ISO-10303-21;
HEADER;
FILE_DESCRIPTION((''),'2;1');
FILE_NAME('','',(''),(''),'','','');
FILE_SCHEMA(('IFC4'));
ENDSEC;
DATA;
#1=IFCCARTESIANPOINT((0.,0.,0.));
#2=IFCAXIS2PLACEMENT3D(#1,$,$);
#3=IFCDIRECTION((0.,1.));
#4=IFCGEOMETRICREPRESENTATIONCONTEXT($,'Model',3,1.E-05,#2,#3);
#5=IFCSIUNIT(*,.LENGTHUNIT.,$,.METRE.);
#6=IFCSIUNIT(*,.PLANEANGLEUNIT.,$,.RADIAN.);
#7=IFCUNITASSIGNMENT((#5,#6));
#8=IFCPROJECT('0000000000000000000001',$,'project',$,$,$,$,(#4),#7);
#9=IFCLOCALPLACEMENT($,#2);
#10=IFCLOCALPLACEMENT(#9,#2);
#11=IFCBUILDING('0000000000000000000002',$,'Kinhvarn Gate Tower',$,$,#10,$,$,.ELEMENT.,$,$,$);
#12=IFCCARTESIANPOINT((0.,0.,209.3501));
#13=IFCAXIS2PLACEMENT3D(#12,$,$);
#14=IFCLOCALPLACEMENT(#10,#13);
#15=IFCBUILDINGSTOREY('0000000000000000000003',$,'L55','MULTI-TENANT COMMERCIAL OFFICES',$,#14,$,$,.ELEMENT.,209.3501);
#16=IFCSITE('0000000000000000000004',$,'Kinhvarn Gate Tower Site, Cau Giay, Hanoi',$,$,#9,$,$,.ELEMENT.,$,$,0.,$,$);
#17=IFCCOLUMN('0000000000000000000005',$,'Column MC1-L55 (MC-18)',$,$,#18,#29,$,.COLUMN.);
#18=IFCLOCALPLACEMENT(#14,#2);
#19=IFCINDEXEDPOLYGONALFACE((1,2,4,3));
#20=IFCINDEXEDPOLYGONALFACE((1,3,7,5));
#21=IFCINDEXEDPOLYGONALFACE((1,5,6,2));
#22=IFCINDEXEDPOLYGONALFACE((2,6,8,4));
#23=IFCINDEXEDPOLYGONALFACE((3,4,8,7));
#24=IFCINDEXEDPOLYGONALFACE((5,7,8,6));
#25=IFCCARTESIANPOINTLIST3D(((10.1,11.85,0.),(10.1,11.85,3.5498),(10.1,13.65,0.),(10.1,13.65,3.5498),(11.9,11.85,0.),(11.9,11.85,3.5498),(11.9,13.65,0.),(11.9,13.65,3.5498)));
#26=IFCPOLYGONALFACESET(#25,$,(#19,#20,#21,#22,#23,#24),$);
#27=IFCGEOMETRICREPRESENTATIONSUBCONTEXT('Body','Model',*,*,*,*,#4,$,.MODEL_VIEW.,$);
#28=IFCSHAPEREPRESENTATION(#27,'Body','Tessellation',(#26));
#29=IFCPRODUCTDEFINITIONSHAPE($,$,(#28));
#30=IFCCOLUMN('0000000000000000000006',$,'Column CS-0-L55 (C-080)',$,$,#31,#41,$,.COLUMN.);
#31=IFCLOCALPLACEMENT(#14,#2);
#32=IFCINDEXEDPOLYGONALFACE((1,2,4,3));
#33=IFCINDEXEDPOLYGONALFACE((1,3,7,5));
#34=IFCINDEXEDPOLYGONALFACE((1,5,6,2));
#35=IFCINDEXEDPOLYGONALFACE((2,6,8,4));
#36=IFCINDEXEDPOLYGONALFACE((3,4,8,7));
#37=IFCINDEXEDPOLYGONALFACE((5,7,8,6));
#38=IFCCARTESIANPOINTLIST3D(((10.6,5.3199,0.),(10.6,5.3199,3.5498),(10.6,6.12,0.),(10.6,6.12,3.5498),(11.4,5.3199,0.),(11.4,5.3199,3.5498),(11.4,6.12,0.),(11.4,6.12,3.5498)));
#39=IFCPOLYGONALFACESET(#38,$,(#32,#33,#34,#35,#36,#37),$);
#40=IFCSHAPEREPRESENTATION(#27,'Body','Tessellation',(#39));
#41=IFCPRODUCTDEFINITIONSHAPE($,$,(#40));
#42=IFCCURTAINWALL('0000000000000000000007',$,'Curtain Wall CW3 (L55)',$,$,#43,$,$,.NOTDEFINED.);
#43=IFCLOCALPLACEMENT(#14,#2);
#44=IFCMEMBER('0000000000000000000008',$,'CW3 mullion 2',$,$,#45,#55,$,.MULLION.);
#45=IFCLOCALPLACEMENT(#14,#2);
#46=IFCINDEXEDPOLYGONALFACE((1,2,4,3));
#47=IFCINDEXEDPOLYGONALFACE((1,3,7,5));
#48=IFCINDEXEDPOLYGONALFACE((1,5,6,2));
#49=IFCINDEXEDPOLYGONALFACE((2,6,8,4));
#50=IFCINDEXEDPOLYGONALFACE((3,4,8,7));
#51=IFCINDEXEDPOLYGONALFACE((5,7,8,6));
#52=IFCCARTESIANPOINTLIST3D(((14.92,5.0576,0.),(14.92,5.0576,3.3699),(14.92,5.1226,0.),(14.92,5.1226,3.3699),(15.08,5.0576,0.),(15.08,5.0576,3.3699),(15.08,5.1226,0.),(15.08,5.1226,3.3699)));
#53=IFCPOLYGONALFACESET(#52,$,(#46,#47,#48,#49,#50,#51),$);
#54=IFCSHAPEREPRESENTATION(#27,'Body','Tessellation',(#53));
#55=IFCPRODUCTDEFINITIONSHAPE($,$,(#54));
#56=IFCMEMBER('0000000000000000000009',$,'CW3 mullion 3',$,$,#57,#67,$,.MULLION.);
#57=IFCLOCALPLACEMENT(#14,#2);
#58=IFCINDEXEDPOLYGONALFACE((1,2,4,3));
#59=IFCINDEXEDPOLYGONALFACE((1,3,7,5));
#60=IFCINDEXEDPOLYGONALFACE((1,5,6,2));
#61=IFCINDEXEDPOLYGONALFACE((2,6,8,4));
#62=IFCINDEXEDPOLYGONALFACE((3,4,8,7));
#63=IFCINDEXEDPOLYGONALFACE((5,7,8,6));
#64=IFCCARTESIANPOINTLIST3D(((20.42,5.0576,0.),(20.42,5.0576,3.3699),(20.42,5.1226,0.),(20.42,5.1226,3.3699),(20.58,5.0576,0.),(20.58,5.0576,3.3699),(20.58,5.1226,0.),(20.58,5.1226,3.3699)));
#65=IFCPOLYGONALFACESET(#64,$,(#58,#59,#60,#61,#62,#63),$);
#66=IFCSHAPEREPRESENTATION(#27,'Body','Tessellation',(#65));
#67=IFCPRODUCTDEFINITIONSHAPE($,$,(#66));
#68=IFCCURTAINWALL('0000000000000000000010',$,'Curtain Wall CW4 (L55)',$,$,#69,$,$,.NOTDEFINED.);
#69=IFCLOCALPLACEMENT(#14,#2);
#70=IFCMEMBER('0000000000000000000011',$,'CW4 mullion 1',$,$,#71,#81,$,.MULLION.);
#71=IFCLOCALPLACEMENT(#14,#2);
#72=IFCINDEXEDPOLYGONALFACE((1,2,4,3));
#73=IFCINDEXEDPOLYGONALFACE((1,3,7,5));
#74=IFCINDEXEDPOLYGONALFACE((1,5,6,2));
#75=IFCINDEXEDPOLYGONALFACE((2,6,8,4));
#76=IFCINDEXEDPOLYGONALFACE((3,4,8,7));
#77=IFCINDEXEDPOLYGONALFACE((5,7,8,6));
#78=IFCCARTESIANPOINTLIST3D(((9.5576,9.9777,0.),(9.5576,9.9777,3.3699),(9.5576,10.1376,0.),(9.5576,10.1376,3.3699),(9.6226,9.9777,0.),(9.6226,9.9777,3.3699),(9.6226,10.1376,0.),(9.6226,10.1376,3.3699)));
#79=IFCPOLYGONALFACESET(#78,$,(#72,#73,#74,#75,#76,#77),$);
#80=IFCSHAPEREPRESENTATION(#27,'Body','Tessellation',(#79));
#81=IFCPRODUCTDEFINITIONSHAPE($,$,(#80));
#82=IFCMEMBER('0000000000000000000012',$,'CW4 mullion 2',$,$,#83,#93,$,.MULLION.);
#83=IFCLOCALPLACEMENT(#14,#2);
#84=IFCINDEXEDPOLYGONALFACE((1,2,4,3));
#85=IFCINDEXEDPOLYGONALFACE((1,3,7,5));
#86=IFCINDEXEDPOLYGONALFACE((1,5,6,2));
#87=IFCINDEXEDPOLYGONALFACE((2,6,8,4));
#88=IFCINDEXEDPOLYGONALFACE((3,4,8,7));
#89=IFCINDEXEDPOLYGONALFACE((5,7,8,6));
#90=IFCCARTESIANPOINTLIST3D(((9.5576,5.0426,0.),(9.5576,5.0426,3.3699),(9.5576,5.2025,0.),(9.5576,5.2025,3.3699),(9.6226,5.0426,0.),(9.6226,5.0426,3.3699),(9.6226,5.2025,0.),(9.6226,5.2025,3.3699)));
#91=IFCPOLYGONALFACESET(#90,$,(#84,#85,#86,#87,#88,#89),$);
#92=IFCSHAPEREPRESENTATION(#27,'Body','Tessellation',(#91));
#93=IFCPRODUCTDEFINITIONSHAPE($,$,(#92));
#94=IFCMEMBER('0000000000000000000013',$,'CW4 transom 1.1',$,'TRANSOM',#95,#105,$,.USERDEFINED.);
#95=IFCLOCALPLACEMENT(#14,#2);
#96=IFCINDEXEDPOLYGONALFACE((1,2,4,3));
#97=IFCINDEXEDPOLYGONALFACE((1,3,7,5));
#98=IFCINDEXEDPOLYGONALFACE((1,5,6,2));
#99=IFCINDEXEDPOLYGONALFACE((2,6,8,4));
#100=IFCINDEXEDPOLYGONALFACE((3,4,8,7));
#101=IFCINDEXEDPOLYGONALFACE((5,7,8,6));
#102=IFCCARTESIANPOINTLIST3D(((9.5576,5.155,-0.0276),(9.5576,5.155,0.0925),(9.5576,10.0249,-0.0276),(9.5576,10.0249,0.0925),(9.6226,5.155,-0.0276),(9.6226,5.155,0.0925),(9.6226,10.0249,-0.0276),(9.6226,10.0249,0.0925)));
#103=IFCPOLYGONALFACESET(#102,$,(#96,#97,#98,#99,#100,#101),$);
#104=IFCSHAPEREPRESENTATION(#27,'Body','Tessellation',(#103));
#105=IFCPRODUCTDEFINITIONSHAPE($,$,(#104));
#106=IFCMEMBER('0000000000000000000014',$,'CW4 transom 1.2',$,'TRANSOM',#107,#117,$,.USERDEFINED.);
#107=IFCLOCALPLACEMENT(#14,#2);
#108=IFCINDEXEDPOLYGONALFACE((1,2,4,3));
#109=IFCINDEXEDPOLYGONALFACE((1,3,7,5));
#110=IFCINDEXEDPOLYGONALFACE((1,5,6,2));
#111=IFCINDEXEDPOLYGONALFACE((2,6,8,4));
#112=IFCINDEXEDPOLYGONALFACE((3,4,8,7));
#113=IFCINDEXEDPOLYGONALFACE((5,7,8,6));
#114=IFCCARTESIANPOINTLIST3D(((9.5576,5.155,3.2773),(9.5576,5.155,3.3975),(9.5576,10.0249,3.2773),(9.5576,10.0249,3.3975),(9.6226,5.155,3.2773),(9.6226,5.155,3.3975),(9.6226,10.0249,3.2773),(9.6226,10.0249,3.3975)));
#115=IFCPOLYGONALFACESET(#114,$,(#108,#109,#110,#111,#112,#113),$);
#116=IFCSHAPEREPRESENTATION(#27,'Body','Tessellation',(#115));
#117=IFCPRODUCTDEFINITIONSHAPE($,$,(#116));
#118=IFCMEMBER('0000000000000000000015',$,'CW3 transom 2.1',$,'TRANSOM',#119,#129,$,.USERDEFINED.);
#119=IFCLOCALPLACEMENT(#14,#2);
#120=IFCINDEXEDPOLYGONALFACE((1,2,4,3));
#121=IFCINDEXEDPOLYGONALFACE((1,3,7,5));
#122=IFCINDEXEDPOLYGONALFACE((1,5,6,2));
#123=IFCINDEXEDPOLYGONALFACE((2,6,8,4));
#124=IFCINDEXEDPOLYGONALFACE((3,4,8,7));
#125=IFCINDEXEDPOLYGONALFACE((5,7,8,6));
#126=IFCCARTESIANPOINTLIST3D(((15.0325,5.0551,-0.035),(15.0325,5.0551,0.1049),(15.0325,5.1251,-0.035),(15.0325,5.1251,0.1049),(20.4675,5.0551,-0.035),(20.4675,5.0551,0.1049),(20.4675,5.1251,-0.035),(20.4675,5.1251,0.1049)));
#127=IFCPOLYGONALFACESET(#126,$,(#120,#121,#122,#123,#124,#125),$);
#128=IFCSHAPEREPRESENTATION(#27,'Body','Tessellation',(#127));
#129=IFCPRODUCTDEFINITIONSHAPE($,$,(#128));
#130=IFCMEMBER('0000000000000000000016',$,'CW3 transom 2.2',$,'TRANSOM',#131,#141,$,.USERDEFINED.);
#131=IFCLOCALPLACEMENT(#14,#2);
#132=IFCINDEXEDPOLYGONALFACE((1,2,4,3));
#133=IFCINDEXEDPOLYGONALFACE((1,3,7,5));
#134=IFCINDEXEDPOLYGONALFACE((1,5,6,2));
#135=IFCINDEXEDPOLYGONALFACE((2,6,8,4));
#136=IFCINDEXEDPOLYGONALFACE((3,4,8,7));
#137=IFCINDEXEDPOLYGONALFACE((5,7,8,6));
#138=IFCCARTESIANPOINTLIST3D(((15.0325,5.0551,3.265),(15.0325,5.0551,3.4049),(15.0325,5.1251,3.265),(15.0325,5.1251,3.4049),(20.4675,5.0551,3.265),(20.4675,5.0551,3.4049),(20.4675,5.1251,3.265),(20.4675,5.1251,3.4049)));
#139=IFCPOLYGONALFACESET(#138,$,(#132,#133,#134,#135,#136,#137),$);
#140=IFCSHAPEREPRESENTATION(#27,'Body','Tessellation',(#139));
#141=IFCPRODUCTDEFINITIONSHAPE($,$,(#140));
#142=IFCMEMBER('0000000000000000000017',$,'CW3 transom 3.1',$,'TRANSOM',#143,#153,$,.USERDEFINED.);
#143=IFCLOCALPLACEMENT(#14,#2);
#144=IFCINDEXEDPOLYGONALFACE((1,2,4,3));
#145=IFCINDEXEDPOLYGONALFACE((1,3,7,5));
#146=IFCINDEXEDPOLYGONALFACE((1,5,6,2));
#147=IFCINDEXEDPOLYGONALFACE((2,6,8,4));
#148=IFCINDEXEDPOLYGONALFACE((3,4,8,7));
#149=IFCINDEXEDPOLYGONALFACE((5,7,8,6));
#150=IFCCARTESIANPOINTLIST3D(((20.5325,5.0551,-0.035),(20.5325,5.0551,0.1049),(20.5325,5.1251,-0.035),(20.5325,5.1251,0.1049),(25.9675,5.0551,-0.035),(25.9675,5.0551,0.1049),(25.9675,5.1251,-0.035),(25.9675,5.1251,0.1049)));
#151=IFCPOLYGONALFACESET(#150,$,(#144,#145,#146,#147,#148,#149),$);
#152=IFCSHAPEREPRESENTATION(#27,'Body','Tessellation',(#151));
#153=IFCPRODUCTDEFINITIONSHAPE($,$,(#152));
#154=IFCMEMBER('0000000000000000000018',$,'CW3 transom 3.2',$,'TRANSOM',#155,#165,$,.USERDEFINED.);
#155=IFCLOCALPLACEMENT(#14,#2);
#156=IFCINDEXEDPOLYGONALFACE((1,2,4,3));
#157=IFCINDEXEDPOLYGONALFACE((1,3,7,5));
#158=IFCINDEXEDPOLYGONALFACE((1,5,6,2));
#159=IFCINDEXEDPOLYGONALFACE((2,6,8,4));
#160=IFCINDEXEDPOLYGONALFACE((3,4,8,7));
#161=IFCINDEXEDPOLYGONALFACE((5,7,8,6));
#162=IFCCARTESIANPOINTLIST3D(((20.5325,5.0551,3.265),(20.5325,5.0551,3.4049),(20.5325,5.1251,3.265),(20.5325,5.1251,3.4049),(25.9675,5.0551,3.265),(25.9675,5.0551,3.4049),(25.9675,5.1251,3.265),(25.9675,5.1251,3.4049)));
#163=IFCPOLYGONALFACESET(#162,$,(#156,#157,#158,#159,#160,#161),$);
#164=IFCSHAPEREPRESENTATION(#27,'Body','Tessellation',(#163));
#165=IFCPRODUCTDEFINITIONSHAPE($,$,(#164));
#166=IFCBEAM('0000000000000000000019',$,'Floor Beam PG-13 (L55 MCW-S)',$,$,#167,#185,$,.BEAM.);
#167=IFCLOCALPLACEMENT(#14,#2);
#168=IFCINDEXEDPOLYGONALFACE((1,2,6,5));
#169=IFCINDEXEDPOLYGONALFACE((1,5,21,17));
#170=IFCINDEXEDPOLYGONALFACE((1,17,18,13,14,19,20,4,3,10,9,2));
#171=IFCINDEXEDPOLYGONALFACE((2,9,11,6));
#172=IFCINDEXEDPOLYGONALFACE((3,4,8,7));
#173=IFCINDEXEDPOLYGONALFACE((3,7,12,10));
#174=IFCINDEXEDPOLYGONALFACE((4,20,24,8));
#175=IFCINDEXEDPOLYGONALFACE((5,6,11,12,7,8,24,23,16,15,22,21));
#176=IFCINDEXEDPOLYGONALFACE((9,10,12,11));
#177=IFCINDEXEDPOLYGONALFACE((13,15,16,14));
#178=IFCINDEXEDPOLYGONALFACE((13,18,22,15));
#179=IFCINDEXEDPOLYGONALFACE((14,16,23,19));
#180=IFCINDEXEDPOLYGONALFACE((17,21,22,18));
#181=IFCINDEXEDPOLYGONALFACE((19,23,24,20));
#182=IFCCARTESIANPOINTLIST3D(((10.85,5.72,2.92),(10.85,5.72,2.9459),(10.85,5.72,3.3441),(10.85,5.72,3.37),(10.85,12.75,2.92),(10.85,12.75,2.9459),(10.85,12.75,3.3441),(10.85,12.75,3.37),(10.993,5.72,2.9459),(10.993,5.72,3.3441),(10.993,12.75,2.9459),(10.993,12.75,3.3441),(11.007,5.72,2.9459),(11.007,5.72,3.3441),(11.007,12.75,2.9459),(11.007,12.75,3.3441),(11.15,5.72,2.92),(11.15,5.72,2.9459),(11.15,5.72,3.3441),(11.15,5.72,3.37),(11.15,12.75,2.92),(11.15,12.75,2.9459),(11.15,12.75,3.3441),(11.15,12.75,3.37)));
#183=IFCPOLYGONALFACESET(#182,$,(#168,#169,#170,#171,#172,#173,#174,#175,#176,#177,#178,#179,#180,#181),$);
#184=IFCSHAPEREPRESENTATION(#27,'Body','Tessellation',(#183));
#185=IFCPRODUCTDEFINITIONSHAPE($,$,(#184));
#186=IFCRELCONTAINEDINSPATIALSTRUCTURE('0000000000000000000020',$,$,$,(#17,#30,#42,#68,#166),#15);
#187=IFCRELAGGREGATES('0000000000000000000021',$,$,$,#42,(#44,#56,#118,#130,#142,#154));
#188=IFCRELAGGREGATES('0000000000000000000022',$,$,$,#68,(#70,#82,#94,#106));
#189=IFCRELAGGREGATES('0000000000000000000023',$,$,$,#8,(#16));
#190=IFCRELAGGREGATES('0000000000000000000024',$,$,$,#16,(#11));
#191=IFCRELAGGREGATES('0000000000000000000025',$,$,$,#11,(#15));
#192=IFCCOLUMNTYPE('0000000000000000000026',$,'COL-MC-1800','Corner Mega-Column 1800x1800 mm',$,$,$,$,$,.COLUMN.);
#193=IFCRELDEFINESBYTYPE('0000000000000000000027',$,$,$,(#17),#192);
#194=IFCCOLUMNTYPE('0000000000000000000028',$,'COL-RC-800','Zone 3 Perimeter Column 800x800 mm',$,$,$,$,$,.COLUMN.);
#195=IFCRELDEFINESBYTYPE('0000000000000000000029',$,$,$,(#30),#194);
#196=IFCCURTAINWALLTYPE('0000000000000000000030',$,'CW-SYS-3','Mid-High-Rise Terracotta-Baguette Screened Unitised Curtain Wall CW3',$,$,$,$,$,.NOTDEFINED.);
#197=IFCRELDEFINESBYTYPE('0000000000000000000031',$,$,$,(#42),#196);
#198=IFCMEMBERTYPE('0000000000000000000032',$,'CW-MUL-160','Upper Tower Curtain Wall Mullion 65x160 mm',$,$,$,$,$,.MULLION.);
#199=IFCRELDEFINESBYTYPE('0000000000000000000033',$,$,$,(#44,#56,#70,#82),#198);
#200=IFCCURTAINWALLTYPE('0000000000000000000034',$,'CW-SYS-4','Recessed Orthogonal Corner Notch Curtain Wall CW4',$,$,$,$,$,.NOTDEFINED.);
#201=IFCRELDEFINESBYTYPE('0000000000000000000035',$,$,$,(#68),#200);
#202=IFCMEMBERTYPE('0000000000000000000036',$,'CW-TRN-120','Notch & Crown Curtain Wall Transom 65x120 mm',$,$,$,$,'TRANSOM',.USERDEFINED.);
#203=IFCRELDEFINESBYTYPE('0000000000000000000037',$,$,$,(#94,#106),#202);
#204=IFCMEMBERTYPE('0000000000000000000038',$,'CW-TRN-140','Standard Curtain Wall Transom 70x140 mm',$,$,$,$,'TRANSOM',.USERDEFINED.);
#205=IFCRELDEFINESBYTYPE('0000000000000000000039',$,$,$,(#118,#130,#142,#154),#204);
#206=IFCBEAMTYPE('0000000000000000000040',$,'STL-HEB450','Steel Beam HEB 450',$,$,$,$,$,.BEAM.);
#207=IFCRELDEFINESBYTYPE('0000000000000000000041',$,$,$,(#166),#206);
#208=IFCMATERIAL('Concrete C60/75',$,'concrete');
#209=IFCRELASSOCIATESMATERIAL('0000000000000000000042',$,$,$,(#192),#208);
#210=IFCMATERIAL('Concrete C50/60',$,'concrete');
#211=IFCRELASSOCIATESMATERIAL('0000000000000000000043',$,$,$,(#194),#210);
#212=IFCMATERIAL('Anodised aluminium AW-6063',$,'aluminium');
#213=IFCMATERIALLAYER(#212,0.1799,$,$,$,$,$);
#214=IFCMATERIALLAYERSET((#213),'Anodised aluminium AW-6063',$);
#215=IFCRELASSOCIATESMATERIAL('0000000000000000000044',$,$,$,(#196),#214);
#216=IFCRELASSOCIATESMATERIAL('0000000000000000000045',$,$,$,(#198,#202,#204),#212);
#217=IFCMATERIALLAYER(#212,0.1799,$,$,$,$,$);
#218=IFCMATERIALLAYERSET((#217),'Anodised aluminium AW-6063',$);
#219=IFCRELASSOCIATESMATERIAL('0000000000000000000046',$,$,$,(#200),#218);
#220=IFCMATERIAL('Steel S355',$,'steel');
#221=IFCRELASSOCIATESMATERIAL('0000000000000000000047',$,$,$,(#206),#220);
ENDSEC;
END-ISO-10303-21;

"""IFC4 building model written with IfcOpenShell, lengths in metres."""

from ifc_helpers import new_model, si_unit, direction, frame, origin, origin_2d, place, context, subcontext, project, spatial, rectangle, i_section, extrude, material, layer, layer_set, material_profile, profile_set, type_object, element, aggregate, save


model = new_model("IFC4")

# Units and contexts
model_context = context("Model", 3, precision=1e-05, world=origin(), true_north=direction((0.0, 1.0)))
body_context = subcontext(model_context, "Body", "Model", "MODEL_VIEW")
ifc_project = project(units=[si_unit("LENGTHUNIT", "METRE"), si_unit("PLANEANGLEUNIT", "RADIAN")], contexts=[model_context])

# Site, building, storey
site_placement = place(None, origin())
site = spatial("IfcSite", under=ifc_project, at=site_placement, Name="Kinhvarn Gate Tower Site, Cau Giay, Hanoi", CompositionType="ELEMENT", RefElevation=0.0)
building_placement = place(site_placement, origin())
building = spatial("IfcBuilding", under=site, at=building_placement, Name="Kinhvarn Gate Tower", CompositionType="ELEMENT")
storey_placement = place(building_placement, frame((0.0, 0.0, 209.3501)))
storey = spatial("IfcBuildingStorey", under=building, at=storey_placement, Name="L55", Description="MULTI-TENANT COMMERCIAL OFFICES", CompositionType="ELEMENT", Elevation=209.3501)

# Columns
ifc_material_1 = material(Name="Concrete C60/75", Category="concrete")
ifc_material_profile_1 = material_profile(ifc_material_1, rectangle(XDim=1.8, YDim=1.8, at=origin_2d()), Name="RC 1800x1800")
ifc_profile_set_1 = profile_set([ifc_material_profile_1], Name="Concrete C60/75")
column_type_1 = type_object("IfcColumnType", Name="COL-MC-1800", Description="Corner Mega-Column 1800x1800 mm", PredefinedType="COLUMN", material=ifc_profile_set_1)
column_1_placement = place(storey_placement, frame((11.0, 12.75, 0.0), z_axis=(0.0, 0.0, 1.0), x_axis=(1.0, 0.0, 0.0)))
element("IfcColumn", 1, at=column_1_placement, inside=storey, type_object=column_type_1, Name="Column MC1-L55 (MC-18)", PredefinedType="COLUMN", context=body_context, shape_type="SweptSolid", body=[
    extrude(rectangle(XDim=1.8, YDim=1.8, at=origin_2d()), origin(), (0.0, 0.0, 1.0), 3.5498),
])
ifc_material_2 = material(Name="Concrete C50/60", Category="concrete")
ifc_material_profile_2 = material_profile(ifc_material_2, rectangle(XDim=0.8, YDim=0.8, at=origin_2d()), Name="RC 800x800")
ifc_profile_set_2 = profile_set([ifc_material_profile_2], Name="Concrete C50/60")
column_type_2 = type_object("IfcColumnType", Name="COL-RC-800", Description="Zone 3 Perimeter Column 800x800 mm", PredefinedType="COLUMN", material=ifc_profile_set_2)
column_2_placement = place(storey_placement, frame((11.0, 5.72, 0.0), z_axis=(0.0, 0.0, 1.0), x_axis=(1.0, 0.0, 0.0)))
element("IfcColumn", 2, at=column_2_placement, inside=storey, type_object=column_type_2, Name="Column CS-0-L55 (C-080)", PredefinedType="COLUMN", context=body_context, shape_type="SweptSolid", body=[
    extrude(rectangle(XDim=0.8, YDim=0.8, at=origin_2d()), origin(), (0.0, 0.0, 1.0), 3.5498),
])

# Curtain walls, members
ifc_material_3 = material(Name="Anodised aluminium AW-6063", Category="aluminium")
ifc_layer_1 = layer(ifc_material_3, 0.1799)
ifc_layer_set_1 = layer_set([ifc_layer_1], Name="Anodised aluminium AW-6063")
curtain_wall_type_1 = type_object("IfcCurtainWallType", Name="CW-SYS-3", Description="Mid-High-Rise Terracotta-Baguette Screened Unitised Curtain Wall CW3", PredefinedType="NOTDEFINED", material=ifc_layer_set_1)
curtain_wall_1_placement = place(storey_placement, origin())
curtain_wall_1 = element("IfcCurtainWall", 3, at=curtain_wall_1_placement, inside=storey, type_object=curtain_wall_type_1, Name="Curtain Wall CW3 (L55)", PredefinedType="NOTDEFINED")
ifc_material_profile_3 = material_profile(ifc_material_3, rectangle(XDim=0.0649, YDim=0.1599, at=origin_2d()), Name="ALU 65x160")
ifc_profile_set_3 = profile_set([ifc_material_profile_3], Name="Anodised aluminium AW-6063")
member_type_1 = type_object("IfcMemberType", Name="CW-MUL-160", Description="Upper Tower Curtain Wall Mullion 65x160 mm", PredefinedType="MULLION", material=ifc_profile_set_3)
member_1_placement = place(storey_placement, frame((15.0, 5.0901, 0.0), z_axis=(0.0, 0.0, 1.0), x_axis=(0.0, 1.0, 0.0)))
member_1 = element("IfcMember", 4, at=member_1_placement, type_object=member_type_1, Name="CW3 mullion 2", PredefinedType="MULLION", context=body_context, shape_type="SweptSolid", body=[
    extrude(rectangle(XDim=0.0649, YDim=0.1599, at=origin_2d()), origin(), (0.0, 0.0, 1.0), 3.3699),
])
member_2_placement = place(storey_placement, frame((20.5, 5.0901, 0.0), z_axis=(0.0, 0.0, 1.0), x_axis=(0.0, 1.0, 0.0)))
member_2 = element("IfcMember", 5, at=member_2_placement, type_object=member_type_1, Name="CW3 mullion 3", PredefinedType="MULLION", context=body_context, shape_type="SweptSolid", body=[
    extrude(rectangle(XDim=0.0649, YDim=0.1599, at=origin_2d()), origin(), (0.0, 0.0, 1.0), 3.3699),
])
ifc_layer_2 = layer(ifc_material_3, 0.1799)
ifc_layer_set_2 = layer_set([ifc_layer_2], Name="Anodised aluminium AW-6063")
curtain_wall_type_2 = type_object("IfcCurtainWallType", Name="CW-SYS-4", Description="Recessed Orthogonal Corner Notch Curtain Wall CW4", PredefinedType="NOTDEFINED", material=ifc_layer_set_2)
curtain_wall_2_placement = place(storey_placement, origin())
curtain_wall_2 = element("IfcCurtainWall", 6, at=curtain_wall_2_placement, inside=storey, type_object=curtain_wall_type_2, Name="Curtain Wall CW4 (L55)", PredefinedType="NOTDEFINED")
member_3_placement = place(storey_placement, frame((9.5901, 10.0576, 0.0), z_axis=(0.0, 0.0, 1.0), x_axis=(1.0, 0.0, 0.0)))
member_3 = element("IfcMember", 7, at=member_3_placement, type_object=member_type_1, Name="CW4 mullion 1", PredefinedType="MULLION", context=body_context, shape_type="SweptSolid", body=[
    extrude(rectangle(XDim=0.0649, YDim=0.1599, at=origin_2d()), origin(), (0.0, 0.0, 1.0), 3.3699),
])
member_4_placement = place(storey_placement, frame((9.5901, 5.1226, 0.0), z_axis=(0.0, 0.0, 1.0), x_axis=(1.0, 0.0, 0.0)))
member_4 = element("IfcMember", 8, at=member_4_placement, type_object=member_type_1, Name="CW4 mullion 2", PredefinedType="MULLION", context=body_context, shape_type="SweptSolid", body=[
    extrude(rectangle(XDim=0.0649, YDim=0.1599, at=origin_2d()), origin(), (0.0, 0.0, 1.0), 3.3699),
])
ifc_material_profile_4 = material_profile(ifc_material_3, rectangle(XDim=0.0649, YDim=0.1201, at=origin_2d()), Name="ALU 65x120")
ifc_profile_set_4 = profile_set([ifc_material_profile_4], Name="Anodised aluminium AW-6063")
member_type_2 = type_object("IfcMemberType", Name="CW-TRN-120", Description="Notch & Crown Curtain Wall Transom 65x120 mm", ElementType="TRANSOM", PredefinedType="USERDEFINED", material=ifc_profile_set_4)
member_5_placement = place(storey_placement, frame((9.5901, 10.0249, 0.0325), z_axis=(0.0, -1.0, 0.0), x_axis=(1.0, 0.0, 0.0)))
member_5 = element("IfcMember", 9, at=member_5_placement, type_object=member_type_2, Name="CW4 transom 1.1", ObjectType="TRANSOM", PredefinedType="USERDEFINED", context=body_context, shape_type="SweptSolid", body=[
    extrude(rectangle(XDim=0.0649, YDim=0.1201, at=origin_2d()), origin(), (0.0, 0.0, 1.0), 4.8699),
])
member_6_placement = place(storey_placement, frame((9.5901, 10.0249, 3.3374), z_axis=(0.0, -1.0, 0.0), x_axis=(1.0, 0.0, 0.0)))
member_6 = element("IfcMember", 10, at=member_6_placement, type_object=member_type_2, Name="CW4 transom 1.2", ObjectType="TRANSOM", PredefinedType="USERDEFINED", context=body_context, shape_type="SweptSolid", body=[
    extrude(rectangle(XDim=0.0649, YDim=0.1201, at=origin_2d()), origin(), (0.0, 0.0, 1.0), 4.8699),
])

# Members
ifc_material_profile_5 = material_profile(ifc_material_3, rectangle(XDim=0.0701, YDim=0.1399, at=origin_2d()), Name="ALU 70x140")
ifc_profile_set_5 = profile_set([ifc_material_profile_5], Name="Anodised aluminium AW-6063")
member_type_3 = type_object("IfcMemberType", Name="CW-TRN-140", Description="Standard Curtain Wall Transom 70x140 mm", ElementType="TRANSOM", PredefinedType="USERDEFINED", material=ifc_profile_set_5)
member_7_placement = place(storey_placement, frame((15.0325, 5.0901, 0.0349), z_axis=(1.0, 0.0, 0.0), x_axis=(0.0, 1.0, 0.0)))
member_7 = element("IfcMember", 11, at=member_7_placement, type_object=member_type_3, Name="CW3 transom 2.1", ObjectType="TRANSOM", PredefinedType="USERDEFINED", context=body_context, shape_type="SweptSolid", body=[
    extrude(rectangle(XDim=0.0701, YDim=0.1399, at=origin_2d()), origin(), (0.0, 0.0, 1.0), 5.4351),
])
member_8_placement = place(storey_placement, frame((15.0325, 5.0901, 3.335), z_axis=(1.0, 0.0, 0.0), x_axis=(0.0, 1.0, 0.0)))
member_8 = element("IfcMember", 12, at=member_8_placement, type_object=member_type_3, Name="CW3 transom 2.2", ObjectType="TRANSOM", PredefinedType="USERDEFINED", context=body_context, shape_type="SweptSolid", body=[
    extrude(rectangle(XDim=0.0701, YDim=0.1399, at=origin_2d()), origin(), (0.0, 0.0, 1.0), 5.4351),
])
member_9_placement = place(storey_placement, frame((20.5325, 5.0901, 0.0349), z_axis=(1.0, 0.0, 0.0), x_axis=(0.0, 1.0, 0.0)))
member_9 = element("IfcMember", 13, at=member_9_placement, type_object=member_type_3, Name="CW3 transom 3.1", ObjectType="TRANSOM", PredefinedType="USERDEFINED", context=body_context, shape_type="SweptSolid", body=[
    extrude(rectangle(XDim=0.0701, YDim=0.1399, at=origin_2d()), origin(), (0.0, 0.0, 1.0), 5.4351),
])
member_10_placement = place(storey_placement, frame((20.5325, 5.0901, 3.335), z_axis=(1.0, 0.0, 0.0), x_axis=(0.0, 1.0, 0.0)))
member_10 = element("IfcMember", 14, at=member_10_placement, type_object=member_type_3, Name="CW3 transom 3.2", ObjectType="TRANSOM", PredefinedType="USERDEFINED", context=body_context, shape_type="SweptSolid", body=[
    extrude(rectangle(XDim=0.0701, YDim=0.1399, at=origin_2d()), origin(), (0.0, 0.0, 1.0), 5.4351),
])

# Beam
ifc_material_4 = material(Name="Steel S355", Category="steel")
ifc_material_profile_6 = material_profile(ifc_material_4, i_section(OverallWidth=0.3, OverallDepth=0.45, WebThickness=0.0139, FlangeThickness=0.0259, at=origin_2d()), Name="HEB 450")
ifc_profile_set_6 = profile_set([ifc_material_profile_6], Name="Steel S355")
beam_type_1 = type_object("IfcBeamType", Name="STL-HEB450", Description="Steel Beam HEB 450", PredefinedType="BEAM", material=ifc_profile_set_6)
beam_1_placement = place(storey_placement, frame((11.0, 5.72, 3.145), z_axis=(0.0, 1.0, 0.0), x_axis=(-1.0, 0.0, 0.0)))
element("IfcBeam", 15, at=beam_1_placement, inside=storey, type_object=beam_type_1, Name="Floor Beam PG-13 (L55 MCW-S)", PredefinedType="BEAM", context=body_context, shape_type="SweptSolid", body=[
    extrude(i_section(OverallWidth=0.3, OverallDepth=0.45, WebThickness=0.0139, FlangeThickness=0.0259, at=origin_2d()), origin(), (0.0, 0.0, 1.0), 7.03),
])

aggregate(curtain_wall_1, [member_1, member_2, member_7, member_8, member_9, member_10])
aggregate(curtain_wall_2, [member_3, member_4, member_5, member_6])

save(model, "model.ifc")
